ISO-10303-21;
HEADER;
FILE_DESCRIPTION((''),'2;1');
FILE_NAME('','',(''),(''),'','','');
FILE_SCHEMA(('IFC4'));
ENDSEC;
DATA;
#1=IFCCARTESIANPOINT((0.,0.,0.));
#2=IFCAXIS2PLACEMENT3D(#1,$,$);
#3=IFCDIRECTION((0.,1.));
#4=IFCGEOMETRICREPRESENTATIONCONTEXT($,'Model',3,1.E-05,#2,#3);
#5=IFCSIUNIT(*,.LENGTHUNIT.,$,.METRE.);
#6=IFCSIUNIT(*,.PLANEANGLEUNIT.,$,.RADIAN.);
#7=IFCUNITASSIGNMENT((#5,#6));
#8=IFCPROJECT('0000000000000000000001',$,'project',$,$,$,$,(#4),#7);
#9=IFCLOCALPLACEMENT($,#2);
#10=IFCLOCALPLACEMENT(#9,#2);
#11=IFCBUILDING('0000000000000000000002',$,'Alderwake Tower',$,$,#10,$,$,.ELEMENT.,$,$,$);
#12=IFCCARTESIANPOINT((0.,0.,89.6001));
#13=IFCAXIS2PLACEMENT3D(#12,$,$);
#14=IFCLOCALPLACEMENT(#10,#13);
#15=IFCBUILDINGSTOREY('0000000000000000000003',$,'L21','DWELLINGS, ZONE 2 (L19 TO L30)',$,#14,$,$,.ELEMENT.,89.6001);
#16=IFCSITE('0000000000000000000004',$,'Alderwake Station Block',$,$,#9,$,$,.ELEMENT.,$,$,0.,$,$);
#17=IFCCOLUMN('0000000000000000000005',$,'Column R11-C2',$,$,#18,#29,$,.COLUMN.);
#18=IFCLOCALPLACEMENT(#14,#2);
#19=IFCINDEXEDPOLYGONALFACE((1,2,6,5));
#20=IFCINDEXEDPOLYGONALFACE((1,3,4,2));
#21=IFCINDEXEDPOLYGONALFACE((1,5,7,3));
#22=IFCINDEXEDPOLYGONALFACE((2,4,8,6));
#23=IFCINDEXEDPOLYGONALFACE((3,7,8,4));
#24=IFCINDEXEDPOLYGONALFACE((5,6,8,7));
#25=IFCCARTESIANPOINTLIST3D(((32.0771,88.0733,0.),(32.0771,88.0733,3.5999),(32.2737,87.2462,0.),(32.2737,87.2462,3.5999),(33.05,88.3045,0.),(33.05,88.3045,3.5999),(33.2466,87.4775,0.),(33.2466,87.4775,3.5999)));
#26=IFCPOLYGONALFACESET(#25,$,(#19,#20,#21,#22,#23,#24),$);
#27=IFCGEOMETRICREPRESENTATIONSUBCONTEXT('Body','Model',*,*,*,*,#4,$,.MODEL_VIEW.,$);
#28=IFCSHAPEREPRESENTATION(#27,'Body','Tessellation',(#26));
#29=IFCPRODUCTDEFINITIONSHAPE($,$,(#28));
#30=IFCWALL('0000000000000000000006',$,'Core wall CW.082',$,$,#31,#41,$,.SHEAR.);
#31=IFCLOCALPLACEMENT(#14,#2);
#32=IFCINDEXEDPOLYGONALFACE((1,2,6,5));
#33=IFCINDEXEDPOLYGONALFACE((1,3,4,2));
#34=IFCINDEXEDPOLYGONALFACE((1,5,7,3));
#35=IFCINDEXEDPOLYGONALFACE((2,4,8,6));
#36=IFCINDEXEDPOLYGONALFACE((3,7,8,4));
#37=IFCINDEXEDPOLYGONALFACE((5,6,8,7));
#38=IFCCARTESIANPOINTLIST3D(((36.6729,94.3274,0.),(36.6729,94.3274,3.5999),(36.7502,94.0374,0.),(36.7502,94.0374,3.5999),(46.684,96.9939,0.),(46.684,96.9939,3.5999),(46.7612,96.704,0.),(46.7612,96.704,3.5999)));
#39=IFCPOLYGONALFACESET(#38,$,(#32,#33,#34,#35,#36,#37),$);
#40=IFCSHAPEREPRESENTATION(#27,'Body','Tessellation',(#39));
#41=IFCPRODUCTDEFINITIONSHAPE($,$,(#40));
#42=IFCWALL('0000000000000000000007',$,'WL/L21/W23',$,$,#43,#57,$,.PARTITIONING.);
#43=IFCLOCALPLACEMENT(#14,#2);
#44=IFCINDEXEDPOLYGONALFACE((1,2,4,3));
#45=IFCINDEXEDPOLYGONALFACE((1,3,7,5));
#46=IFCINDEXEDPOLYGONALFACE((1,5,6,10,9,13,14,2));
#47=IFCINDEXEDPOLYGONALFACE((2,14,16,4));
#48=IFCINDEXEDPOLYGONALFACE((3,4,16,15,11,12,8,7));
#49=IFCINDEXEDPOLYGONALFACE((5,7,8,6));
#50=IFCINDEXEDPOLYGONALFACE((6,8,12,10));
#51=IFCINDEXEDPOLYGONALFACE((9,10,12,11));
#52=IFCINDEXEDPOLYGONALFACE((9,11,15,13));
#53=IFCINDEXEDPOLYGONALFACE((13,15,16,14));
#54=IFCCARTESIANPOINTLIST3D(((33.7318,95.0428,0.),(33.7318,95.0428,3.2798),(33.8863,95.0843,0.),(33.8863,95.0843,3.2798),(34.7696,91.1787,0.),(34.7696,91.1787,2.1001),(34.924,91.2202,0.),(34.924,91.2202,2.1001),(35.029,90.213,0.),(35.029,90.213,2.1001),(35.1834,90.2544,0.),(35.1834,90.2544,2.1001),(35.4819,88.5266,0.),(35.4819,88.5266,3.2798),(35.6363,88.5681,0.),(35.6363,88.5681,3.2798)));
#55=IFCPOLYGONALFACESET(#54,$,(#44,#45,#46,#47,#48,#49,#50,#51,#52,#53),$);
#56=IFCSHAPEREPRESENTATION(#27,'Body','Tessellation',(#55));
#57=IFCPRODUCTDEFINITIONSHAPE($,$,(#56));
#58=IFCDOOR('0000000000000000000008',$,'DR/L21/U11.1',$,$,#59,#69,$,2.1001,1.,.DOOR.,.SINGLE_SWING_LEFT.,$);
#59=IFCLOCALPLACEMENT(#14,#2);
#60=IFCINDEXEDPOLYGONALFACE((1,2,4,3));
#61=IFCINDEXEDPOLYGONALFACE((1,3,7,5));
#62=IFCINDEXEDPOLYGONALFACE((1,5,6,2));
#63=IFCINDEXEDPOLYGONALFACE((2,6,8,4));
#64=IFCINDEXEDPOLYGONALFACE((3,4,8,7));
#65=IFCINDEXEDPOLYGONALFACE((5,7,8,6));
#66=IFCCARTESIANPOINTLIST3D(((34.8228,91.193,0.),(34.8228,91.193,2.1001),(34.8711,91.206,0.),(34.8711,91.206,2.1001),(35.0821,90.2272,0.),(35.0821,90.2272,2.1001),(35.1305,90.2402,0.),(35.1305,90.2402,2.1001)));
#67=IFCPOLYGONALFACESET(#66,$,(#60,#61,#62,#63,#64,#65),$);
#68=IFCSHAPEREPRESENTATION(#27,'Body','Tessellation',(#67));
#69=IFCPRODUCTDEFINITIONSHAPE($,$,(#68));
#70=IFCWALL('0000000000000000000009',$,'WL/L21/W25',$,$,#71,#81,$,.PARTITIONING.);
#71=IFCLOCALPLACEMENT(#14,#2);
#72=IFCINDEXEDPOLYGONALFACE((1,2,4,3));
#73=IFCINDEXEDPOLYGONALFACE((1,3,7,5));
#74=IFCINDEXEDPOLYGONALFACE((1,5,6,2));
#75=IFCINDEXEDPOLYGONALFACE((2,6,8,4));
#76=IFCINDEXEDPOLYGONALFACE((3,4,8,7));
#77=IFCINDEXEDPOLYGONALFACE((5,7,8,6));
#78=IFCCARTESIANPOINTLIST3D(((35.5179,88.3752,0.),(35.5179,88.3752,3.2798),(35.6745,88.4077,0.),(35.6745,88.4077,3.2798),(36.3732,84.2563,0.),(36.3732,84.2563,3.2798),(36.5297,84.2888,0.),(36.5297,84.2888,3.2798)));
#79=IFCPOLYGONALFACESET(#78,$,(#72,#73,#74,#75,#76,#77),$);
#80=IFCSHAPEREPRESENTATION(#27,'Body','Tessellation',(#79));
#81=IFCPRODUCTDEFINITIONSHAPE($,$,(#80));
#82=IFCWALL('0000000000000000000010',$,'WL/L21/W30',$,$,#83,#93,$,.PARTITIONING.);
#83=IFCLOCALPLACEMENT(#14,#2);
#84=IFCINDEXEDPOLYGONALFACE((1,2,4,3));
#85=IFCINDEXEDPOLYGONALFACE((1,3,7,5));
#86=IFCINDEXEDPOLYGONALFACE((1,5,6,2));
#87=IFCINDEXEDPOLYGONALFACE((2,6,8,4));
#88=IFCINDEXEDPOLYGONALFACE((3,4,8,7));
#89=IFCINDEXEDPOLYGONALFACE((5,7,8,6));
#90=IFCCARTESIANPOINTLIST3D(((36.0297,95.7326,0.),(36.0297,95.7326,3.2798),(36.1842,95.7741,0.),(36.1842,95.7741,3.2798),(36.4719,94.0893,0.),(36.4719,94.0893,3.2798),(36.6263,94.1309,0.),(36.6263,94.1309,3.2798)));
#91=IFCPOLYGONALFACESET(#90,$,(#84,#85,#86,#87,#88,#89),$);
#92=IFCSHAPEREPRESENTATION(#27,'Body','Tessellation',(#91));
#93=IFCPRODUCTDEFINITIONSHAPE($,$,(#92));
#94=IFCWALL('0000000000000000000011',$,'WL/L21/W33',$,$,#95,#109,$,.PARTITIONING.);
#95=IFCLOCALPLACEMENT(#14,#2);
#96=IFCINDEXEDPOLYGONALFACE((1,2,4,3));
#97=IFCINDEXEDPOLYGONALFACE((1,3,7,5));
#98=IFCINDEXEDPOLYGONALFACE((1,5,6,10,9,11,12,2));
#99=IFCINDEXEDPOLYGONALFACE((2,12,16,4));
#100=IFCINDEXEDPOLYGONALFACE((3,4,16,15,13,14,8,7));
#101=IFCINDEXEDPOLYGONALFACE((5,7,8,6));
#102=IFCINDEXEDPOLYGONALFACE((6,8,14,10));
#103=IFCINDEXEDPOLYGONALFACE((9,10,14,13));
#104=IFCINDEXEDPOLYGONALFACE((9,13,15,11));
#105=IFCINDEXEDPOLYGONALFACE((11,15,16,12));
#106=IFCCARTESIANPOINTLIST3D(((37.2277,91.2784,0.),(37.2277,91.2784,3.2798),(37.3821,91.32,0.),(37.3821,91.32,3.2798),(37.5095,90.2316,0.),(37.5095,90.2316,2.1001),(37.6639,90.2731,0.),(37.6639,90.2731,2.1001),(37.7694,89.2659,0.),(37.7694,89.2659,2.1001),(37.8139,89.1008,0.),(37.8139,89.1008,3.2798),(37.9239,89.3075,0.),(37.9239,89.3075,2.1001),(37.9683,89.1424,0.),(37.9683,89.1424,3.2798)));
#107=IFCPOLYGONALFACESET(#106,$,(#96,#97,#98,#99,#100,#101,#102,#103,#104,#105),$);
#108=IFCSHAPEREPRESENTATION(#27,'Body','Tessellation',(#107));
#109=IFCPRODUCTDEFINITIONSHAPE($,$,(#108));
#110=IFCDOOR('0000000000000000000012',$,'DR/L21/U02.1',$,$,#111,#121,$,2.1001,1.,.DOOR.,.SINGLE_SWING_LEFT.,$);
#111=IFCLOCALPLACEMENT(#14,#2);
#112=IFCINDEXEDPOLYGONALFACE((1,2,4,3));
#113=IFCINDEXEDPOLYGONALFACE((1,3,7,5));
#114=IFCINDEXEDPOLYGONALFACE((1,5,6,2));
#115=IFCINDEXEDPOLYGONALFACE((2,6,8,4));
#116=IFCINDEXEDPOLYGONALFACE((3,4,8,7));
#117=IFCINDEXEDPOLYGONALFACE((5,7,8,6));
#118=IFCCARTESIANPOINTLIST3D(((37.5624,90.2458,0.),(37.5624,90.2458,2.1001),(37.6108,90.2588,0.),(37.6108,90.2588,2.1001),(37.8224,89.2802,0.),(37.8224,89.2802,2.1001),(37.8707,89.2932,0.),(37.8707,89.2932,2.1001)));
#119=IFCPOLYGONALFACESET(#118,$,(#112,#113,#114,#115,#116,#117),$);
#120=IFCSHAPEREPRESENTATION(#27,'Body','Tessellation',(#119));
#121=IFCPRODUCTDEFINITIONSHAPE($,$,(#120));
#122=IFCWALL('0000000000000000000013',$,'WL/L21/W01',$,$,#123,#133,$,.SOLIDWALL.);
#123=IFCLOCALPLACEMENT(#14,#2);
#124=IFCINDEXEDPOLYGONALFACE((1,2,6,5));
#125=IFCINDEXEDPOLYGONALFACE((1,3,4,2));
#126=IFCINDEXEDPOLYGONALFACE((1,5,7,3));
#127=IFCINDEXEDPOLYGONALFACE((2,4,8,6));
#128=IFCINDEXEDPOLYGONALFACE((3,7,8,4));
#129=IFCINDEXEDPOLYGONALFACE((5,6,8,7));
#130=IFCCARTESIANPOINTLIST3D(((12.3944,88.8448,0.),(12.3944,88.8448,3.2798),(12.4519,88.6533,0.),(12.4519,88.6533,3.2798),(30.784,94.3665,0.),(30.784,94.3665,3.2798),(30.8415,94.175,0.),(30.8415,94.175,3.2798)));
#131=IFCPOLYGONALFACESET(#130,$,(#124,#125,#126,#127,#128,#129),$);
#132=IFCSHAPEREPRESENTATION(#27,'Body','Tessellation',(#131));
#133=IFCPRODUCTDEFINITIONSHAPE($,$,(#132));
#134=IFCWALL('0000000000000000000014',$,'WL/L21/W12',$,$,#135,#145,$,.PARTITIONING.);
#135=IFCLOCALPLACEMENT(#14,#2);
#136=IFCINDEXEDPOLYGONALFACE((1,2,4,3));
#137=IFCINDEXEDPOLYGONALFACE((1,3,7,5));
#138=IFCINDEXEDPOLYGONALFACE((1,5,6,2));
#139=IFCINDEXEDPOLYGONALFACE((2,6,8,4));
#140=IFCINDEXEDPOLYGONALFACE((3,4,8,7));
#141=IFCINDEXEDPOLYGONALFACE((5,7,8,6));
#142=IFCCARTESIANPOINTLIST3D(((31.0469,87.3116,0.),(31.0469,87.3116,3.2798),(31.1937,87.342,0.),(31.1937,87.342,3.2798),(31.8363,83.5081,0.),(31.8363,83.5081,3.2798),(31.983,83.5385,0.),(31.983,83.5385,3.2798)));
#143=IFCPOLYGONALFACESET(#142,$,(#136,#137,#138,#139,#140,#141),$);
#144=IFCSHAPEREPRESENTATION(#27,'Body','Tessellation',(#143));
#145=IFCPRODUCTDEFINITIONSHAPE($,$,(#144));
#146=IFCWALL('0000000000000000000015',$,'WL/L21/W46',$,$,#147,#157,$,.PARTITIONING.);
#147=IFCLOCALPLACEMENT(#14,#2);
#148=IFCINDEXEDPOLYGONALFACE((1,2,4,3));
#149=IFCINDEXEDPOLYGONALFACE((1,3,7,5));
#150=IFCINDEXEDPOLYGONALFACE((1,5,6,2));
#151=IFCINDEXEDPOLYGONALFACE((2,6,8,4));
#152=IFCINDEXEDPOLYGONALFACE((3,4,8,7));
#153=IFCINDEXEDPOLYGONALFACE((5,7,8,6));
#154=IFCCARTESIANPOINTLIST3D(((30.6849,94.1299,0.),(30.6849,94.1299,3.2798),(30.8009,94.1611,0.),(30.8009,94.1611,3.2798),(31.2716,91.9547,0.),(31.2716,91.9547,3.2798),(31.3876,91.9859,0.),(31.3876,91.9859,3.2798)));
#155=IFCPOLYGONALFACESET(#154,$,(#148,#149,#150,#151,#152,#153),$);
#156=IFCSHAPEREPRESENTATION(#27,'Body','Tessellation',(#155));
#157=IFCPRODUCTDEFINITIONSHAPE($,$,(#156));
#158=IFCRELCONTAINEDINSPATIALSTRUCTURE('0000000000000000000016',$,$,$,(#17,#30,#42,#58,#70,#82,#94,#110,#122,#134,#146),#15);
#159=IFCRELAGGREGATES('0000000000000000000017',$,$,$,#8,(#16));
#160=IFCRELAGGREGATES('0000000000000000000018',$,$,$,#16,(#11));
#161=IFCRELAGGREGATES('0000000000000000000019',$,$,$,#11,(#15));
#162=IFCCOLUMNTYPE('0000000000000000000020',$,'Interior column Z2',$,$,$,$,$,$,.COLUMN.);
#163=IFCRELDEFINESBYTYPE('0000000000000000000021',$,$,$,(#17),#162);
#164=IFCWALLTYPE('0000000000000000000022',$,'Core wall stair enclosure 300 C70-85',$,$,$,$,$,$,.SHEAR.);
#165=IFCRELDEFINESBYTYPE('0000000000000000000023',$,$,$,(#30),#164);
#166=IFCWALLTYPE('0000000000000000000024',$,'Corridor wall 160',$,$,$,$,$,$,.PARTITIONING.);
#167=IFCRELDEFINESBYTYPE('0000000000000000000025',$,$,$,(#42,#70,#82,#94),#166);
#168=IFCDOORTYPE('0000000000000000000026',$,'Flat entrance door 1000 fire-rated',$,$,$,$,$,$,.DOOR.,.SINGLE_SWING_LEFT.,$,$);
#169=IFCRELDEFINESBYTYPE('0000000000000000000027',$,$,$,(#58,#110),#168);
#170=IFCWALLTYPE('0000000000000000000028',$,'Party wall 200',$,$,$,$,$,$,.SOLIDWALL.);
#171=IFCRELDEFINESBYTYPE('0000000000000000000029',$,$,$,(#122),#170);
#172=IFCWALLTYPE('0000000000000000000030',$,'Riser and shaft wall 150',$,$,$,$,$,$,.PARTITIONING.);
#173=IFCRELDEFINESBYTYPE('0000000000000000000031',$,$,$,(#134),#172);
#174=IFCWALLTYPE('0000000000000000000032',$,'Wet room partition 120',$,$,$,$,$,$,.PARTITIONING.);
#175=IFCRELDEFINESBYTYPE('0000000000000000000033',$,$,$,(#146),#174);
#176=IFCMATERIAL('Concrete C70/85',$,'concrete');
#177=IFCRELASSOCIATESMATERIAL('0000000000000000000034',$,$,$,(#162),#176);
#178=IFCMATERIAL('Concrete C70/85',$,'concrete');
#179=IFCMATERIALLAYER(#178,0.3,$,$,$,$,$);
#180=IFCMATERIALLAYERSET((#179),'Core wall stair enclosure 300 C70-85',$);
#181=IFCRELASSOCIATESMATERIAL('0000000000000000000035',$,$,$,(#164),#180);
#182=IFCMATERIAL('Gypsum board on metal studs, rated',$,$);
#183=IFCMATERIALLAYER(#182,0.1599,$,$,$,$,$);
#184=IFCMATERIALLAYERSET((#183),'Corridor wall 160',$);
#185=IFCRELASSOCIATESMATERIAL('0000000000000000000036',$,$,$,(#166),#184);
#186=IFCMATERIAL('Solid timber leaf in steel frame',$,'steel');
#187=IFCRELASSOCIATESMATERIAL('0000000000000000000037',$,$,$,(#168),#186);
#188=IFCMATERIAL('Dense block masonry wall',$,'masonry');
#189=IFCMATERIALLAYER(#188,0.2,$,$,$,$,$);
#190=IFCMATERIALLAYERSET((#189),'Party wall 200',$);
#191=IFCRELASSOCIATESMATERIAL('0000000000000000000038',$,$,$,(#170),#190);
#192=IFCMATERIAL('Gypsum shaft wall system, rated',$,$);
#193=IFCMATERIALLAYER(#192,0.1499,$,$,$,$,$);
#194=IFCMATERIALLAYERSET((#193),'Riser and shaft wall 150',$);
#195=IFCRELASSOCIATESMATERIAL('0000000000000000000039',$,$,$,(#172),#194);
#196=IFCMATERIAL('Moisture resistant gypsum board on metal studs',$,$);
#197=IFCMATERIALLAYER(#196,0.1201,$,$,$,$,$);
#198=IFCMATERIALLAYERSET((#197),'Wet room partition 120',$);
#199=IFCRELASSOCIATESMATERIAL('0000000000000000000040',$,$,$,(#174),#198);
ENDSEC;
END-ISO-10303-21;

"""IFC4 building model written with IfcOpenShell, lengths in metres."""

from ifc_helpers import new_model, si_unit, direction, frame, frame_2d, origin, origin_2d, place, context, subcontext, project, spatial, rectangle, extrude, material, layer, layer_set, material_profile, profile_set, type_object, element, fill, save


model = new_model("IFC4")

# Units and contexts
model_context = context("Model", 3, precision=1e-05, world=origin(), true_north=direction((0.0, 1.0)))
body_context = subcontext(model_context, "Body", "Model", "MODEL_VIEW")
ifc_project = project(units=[si_unit("LENGTHUNIT", "METRE"), si_unit("PLANEANGLEUNIT", "RADIAN")], contexts=[model_context])

# Site, building, storey
site_placement = place(None, origin())
site = spatial("IfcSite", under=ifc_project, at=site_placement, Name="Alderwake Station Block", CompositionType="ELEMENT", RefElevation=0.0)
building_placement = place(site_placement, origin())
building = spatial("IfcBuilding", under=site, at=building_placement, Name="Alderwake Tower", CompositionType="ELEMENT")
storey_placement = place(building_placement, frame((0.0, 0.0, 89.6001)))
storey = spatial("IfcBuildingStorey", under=building, at=storey_placement, Name="L21", Description="DWELLINGS, ZONE 2 (L19 TO L30)", CompositionType="ELEMENT", Elevation=89.6001)

# Column
ifc_material_1 = material(Name="Concrete C70/85", Category="concrete")
ifc_material_profile = material_profile(ifc_material_1, rectangle(XDim=0.8501, YDim=1.0, at=origin_2d()), Name="RC 1000X850")
ifc_profile_set = profile_set([ifc_material_profile], Name="Concrete C70/85")
column_type = type_object("IfcColumnType", Name="Interior column Z2", PredefinedType="COLUMN", material=ifc_profile_set)
column_placement = place(storey_placement, frame((32.6619, 87.7754, 0.0), z_axis=(0.0, 0.0, 1.0), x_axis=(-0.231222, 0.972901, 0.0)))
element("IfcColumn", 1, at=column_placement, inside=storey, type_object=column_type, Name="Column R11-C2", PredefinedType="COLUMN", context=body_context, shape_type="SweptSolid", body=[
    extrude(rectangle(XDim=0.8501, YDim=1.0, at=origin_2d()), origin(), (0.0, 0.0, 1.0), 3.5999),
])

# Wall
ifc_material_2 = material(Name="Concrete C70/85", Category="concrete")
ifc_layer_1 = layer(ifc_material_2, 0.3)
ifc_layer_set_1 = layer_set([ifc_layer_1], Name="Core wall stair enclosure 300 C70-85")
wall_type_1 = type_object("IfcWallType", Name="Core wall stair enclosure 300 C70-85", PredefinedType="SHEAR", material=ifc_layer_set_1)
wall_1_placement = place(storey_placement, frame((36.7114, 94.1824, 0.0), z_axis=(0.0, 0.0, 1.0), x_axis=(0.966309, 0.257384, 0.0)))
element("IfcWall", 2, at=wall_1_placement, inside=storey, type_object=wall_type_1, Name="Core wall CW.082", PredefinedType="SHEAR", context=body_context, shape_type="SweptSolid", body=[
    extrude(rectangle(XDim=10.3601, YDim=0.3, at=frame_2d((5.1802, 0.0))), origin(), (0.0, 0.0, 1.0), 3.5999),
])

# Wall, opening, door
ifc_material_3 = material(Name="Gypsum board on metal studs, rated")
ifc_layer_2 = layer(ifc_material_3, 0.1599)
ifc_layer_set_2 = layer_set([ifc_layer_2], Name="Corridor wall 160")
wall_type_2 = type_object("IfcWallType", Name="Corridor wall 160", PredefinedType="PARTITIONING", material=ifc_layer_set_2)
wall_2_placement = place(storey_placement, frame((35.5591, 88.5474, 0.0), z_axis=(0.0, 0.0, 1.0), x_axis=(-0.259374, 0.965777, 0.0)))
wall_2 = element("IfcWall", 3, at=wall_2_placement, inside=storey, type_object=wall_type_2, Name="WL/L21/W23", PredefinedType="PARTITIONING", context=body_context, shape_type="SweptSolid", body=[
    extrude(rectangle(XDim=6.7471, YDim=0.1599, at=frame_2d((3.3735, 0.0))), origin(), (0.0, 0.0, 1.0), 3.2798),
])
opening_1_placement = place(wall_2_placement, frame((1.7461, 0.0, 0.0)))
opening_1 = element("IfcOpeningElement", 4, at=opening_1_placement, cuts=wall_2, PredefinedType="OPENING", context=body_context, shape_type="SweptSolid", body=[
    extrude(rectangle(XDim=1.0, YDim=2.1001, at=frame_2d((0.5, 1.05))), frame((0.0, 0.0898, 0.0), z_axis=(0.0, -1.0, 0.0), x_axis=(1.0, 0.0, 0.0)), (0.0, 0.0, 1.0), 0.1799),
])
ifc_material_4 = material(Name="Solid timber leaf in steel frame", Category="steel")
door_type_1 = type_object("IfcDoorType", Name="Flat entrance door 1000 fire-rated", OperationType="SINGLE_SWING_LEFT", PredefinedType="DOOR", material=ifc_material_4)
door_1_placement = place(opening_1_placement, origin())
door_1 = element("IfcDoor", 5, at=door_1_placement, inside=storey, type_object=door_type_1, Name="DR/L21/U11.1", OperationType="SINGLE_SWING_LEFT", OverallHeight=2.1001, OverallWidth=1.0, PredefinedType="DOOR", context=body_context, shape_type="SweptSolid", body=[
    extrude(rectangle(XDim=1.0, YDim=2.1001, at=frame_2d((0.5, 1.05))), frame((0.0, 0.0249, 0.0), z_axis=(0.0, -1.0, 0.0), x_axis=(1.0, 0.0, 0.0)), (0.0, 0.0, 1.0), 0.05),
])
fill(opening_1, door_1)

# Walls
wall_3_placement = place(storey_placement, frame((35.5962, 88.3916, 0.0), z_axis=(0.0, 0.0, 1.0), x_axis=(0.203298, -0.979117, 0.0)))
element("IfcWall", 6, at=wall_3_placement, inside=storey, type_object=wall_type_2, Name="WL/L21/W25", PredefinedType="PARTITIONING", context=body_context, shape_type="SweptSolid", body=[
    extrude(rectangle(XDim=4.2068, YDim=0.1599, at=frame_2d((2.1035, 0.0))), origin(), (0.0, 0.0, 1.0), 3.2798),
])
wall_4_placement = place(storey_placement, frame((36.5491, 94.1101, 0.0), z_axis=(0.0, 0.0, 1.0), x_axis=(-0.259814, 0.965659, 0.0)))
element("IfcWall", 7, at=wall_4_placement, inside=storey, type_object=wall_type_2, Name="WL/L21/W30", PredefinedType="PARTITIONING", context=body_context, shape_type="SweptSolid", body=[
    extrude(rectangle(XDim=1.7017, YDim=0.1599, at=frame_2d((0.8508, 0.0))), origin(), (0.0, 0.0, 1.0), 3.2798),
])

# Wall, opening, door
wall_5_placement = place(storey_placement, frame((37.3049, 91.2991, 0.0), z_axis=(0.0, 0.0, 1.0), x_axis=(0.259946, -0.965623, 0.0)))
wall_5 = element("IfcWall", 8, at=wall_5_placement, inside=storey, type_object=wall_type_2, Name="WL/L21/W33", PredefinedType="PARTITIONING", context=body_context, shape_type="SweptSolid", body=[
    extrude(rectangle(XDim=2.2551, YDim=0.1599, at=frame_2d((1.1274, 0.0))), origin(), (0.0, 0.0, 1.0), 3.2798),
])
opening_2_placement = place(wall_5_placement, frame((1.084, 0.0, 0.0)))
opening_2 = element("IfcOpeningElement", 9, at=opening_2_placement, cuts=wall_5, PredefinedType="OPENING", context=body_context, shape_type="SweptSolid", body=[
    extrude(rectangle(XDim=1.0, YDim=2.1001, at=frame_2d((0.5, 1.05))), frame((0.0, 0.0898, 0.0), z_axis=(0.0, -1.0, 0.0), x_axis=(1.0, 0.0, 0.0)), (0.0, 0.0, 1.0), 0.1799),
])
door_2_placement = place(opening_2_placement, origin())
door_2 = element("IfcDoor", 10, at=door_2_placement, inside=storey, type_object=door_type_1, Name="DR/L21/U02.1", OperationType="SINGLE_SWING_LEFT", OverallHeight=2.1001, OverallWidth=1.0, PredefinedType="DOOR", context=body_context, shape_type="SweptSolid", body=[
    extrude(rectangle(XDim=1.0, YDim=2.1001, at=frame_2d((0.5, 1.05))), frame((0.0, 0.0249, 0.0), z_axis=(0.0, -1.0, 0.0), x_axis=(1.0, 0.0, 0.0)), (0.0, 0.0, 1.0), 0.05),
])
fill(opening_2, door_2)

# Walls
ifc_material_5 = material(Name="Dense block masonry wall", Category="masonry")
ifc_layer_3 = layer(ifc_material_5, 0.2)
ifc_layer_set_3 = layer_set([ifc_layer_3], Name="Party wall 200")
wall_type_3 = type_object("IfcWallType", Name="Party wall 200", PredefinedType="SOLIDWALL", material=ifc_layer_set_3)
wall_6_placement = place(storey_placement, frame((30.8127, 94.2708, 0.0), z_axis=(0.0, 0.0, 1.0), x_axis=(-0.957757, -0.287579, 0.0)))
element("IfcWall", 11, at=wall_6_placement, inside=storey, type_object=wall_type_3, Name="WL/L21/W01", PredefinedType="SOLIDWALL", context=body_context, shape_type="SweptSolid", body=[
    extrude(rectangle(XDim=19.2007, YDim=0.2, at=frame_2d((9.6003, 0.0))), origin(), (0.0, 0.0, 1.0), 3.2798),
])
ifc_material_6 = material(Name="Gypsum shaft wall system, rated")
ifc_layer_4 = layer(ifc_material_6, 0.1499)
ifc_layer_set_4 = layer_set([ifc_layer_4], Name="Riser and shaft wall 150")
wall_type_4 = type_object("IfcWallType", Name="Riser and shaft wall 150", PredefinedType="PARTITIONING", material=ifc_layer_set_4)
wall_7_placement = place(storey_placement, frame((31.9097, 83.5232, 0.0), z_axis=(0.0, 0.0, 1.0), x_axis=(-0.203194, 0.979139, 0.0)))
element("IfcWall", 12, at=wall_7_placement, inside=storey, type_object=wall_type_4, Name="WL/L21/W12", PredefinedType="PARTITIONING", context=body_context, shape_type="SweptSolid", body=[
    extrude(rectangle(XDim=3.8845, YDim=0.1499, at=frame_2d((1.9424, 0.0))), origin(), (0.0, 0.0, 1.0), 3.2798),
])
ifc_material_7 = material(Name="Moisture resistant gypsum board on metal studs")
ifc_layer_5 = layer(ifc_material_7, 0.1201)
ifc_layer_set_5 = layer_set([ifc_layer_5], Name="Wet room partition 120")
wall_type_5 = type_object("IfcWallType", Name="Wet room partition 120", PredefinedType="PARTITIONING", material=ifc_layer_set_5)
wall_8_placement = place(storey_placement, frame((30.7429, 94.1455, 0.0), z_axis=(0.0, 0.0, 1.0), x_axis=(0.260393, -0.965503, 0.0)))
element("IfcWall", 13, at=wall_8_placement, inside=storey, type_object=wall_type_5, Name="WL/L21/W46", PredefinedType="PARTITIONING", context=body_context, shape_type="SweptSolid", body=[
    extrude(rectangle(XDim=2.2529, YDim=0.1201, at=frame_2d((1.1265, 0.0))), origin(), (0.0, 0.0, 1.0), 3.2798),
])

save(model, "model.ifc")
